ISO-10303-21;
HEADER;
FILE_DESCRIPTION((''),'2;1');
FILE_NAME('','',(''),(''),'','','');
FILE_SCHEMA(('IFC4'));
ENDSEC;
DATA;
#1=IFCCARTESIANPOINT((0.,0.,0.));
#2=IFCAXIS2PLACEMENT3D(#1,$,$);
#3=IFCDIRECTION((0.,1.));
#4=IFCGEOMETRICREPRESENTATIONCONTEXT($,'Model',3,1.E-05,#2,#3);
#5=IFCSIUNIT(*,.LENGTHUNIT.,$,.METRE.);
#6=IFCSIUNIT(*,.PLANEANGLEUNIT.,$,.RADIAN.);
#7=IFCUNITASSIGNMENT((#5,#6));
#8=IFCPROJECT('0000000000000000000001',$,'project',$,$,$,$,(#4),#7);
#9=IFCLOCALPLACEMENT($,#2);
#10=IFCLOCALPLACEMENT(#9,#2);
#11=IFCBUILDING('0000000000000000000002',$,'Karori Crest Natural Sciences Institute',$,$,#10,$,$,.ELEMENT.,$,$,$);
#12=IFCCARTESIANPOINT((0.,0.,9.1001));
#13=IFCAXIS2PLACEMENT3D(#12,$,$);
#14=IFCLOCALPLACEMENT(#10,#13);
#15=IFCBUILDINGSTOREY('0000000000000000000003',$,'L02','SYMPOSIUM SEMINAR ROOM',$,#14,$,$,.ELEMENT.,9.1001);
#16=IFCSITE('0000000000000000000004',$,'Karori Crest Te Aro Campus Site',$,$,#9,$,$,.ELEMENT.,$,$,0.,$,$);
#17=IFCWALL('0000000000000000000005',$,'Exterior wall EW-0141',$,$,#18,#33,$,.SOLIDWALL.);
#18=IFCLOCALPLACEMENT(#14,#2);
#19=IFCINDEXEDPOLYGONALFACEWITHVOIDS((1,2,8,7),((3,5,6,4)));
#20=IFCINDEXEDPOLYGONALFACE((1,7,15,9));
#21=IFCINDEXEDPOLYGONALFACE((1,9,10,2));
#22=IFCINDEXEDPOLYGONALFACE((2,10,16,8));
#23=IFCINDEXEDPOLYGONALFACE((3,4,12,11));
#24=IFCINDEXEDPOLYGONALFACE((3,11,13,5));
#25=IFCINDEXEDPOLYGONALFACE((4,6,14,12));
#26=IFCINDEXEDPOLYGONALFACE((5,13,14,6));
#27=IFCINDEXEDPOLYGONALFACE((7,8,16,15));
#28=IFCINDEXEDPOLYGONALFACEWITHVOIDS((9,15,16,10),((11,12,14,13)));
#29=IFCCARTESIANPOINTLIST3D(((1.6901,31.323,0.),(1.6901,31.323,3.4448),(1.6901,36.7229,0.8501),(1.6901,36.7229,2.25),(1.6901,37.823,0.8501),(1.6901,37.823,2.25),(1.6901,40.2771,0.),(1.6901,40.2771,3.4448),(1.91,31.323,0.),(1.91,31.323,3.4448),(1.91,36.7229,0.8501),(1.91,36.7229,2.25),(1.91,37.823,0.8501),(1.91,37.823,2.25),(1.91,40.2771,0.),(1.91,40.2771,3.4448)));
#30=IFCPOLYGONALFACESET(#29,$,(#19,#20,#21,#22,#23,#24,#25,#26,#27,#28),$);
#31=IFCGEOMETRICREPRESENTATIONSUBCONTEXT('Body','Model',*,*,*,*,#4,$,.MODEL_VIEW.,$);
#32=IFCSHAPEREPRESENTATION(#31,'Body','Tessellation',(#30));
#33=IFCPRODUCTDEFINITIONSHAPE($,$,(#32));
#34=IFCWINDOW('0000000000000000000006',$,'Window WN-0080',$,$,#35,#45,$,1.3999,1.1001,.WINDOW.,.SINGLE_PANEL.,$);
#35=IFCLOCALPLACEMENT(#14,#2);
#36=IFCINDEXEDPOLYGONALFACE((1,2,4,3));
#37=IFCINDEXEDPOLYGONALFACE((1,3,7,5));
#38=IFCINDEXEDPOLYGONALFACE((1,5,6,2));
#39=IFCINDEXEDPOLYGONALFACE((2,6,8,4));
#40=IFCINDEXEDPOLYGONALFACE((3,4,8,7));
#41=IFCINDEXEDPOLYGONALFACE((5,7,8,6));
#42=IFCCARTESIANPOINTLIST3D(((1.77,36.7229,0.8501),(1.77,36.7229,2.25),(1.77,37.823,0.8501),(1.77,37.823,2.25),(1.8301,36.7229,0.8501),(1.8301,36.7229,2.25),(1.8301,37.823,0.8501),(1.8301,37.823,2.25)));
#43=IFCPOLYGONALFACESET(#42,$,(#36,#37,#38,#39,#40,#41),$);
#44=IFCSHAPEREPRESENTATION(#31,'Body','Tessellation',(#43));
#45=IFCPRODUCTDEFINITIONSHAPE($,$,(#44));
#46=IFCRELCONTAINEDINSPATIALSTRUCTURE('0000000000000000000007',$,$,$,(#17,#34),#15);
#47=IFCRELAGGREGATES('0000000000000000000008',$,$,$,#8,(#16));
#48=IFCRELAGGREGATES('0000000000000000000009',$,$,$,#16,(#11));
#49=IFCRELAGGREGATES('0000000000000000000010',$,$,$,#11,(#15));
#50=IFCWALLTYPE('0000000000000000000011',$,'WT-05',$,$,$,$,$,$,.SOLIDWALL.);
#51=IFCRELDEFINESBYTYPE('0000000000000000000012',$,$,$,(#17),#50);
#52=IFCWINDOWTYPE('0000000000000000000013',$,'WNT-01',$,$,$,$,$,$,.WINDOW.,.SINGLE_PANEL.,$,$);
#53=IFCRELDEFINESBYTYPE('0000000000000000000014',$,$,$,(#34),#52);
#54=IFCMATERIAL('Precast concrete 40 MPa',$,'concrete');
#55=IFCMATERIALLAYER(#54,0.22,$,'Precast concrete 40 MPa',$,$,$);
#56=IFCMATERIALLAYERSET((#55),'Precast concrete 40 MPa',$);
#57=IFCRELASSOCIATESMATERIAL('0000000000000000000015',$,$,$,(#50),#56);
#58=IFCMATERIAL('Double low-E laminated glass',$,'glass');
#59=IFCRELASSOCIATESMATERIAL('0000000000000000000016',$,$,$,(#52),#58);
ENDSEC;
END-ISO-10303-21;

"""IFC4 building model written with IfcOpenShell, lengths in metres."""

from ifc_helpers import new_model, si_unit, direction, frame, frame_2d, origin, place, context, subcontext, project, spatial, rectangle, extrude, material, layer, layer_set, type_object, element, fill, save


model = new_model("IFC4")

# Units and contexts
model_context = context("Model", 3, precision=1e-05, world=origin(), true_north=direction((0.0, 1.0)))
body_context = subcontext(model_context, "Body", "Model", "MODEL_VIEW")
ifc_project = project(units=[si_unit("LENGTHUNIT", "METRE"), si_unit("PLANEANGLEUNIT", "RADIAN")], contexts=[model_context])

# Site, building, storey
site_placement = place(None, origin())
site = spatial("IfcSite", under=ifc_project, at=site_placement, Name="Karori Crest Te Aro Campus Site", CompositionType="ELEMENT", RefElevation=0.0)
building_placement = place(site_placement, origin())
building = spatial("IfcBuilding", under=site, at=building_placement, Name="Karori Crest Natural Sciences Institute", CompositionType="ELEMENT")
storey_placement = place(building_placement, frame((0.0, 0.0, 9.1001)))
storey = spatial("IfcBuildingStorey", under=building, at=storey_placement, Name="L02", Description="SYMPOSIUM SEMINAR ROOM", CompositionType="ELEMENT", Elevation=9.1001)

# Shared definitions
ifc_material_1 = material(Name="Double low-E laminated glass", Category="glass")

# Wall, opening, window
ifc_material_2 = material(Name="Precast concrete 40 MPa", Category="concrete")
ifc_layer_1 = layer(ifc_material_2, 0.22, Name="Precast concrete 40 MPa")
ifc_layer_set_1 = layer_set([ifc_layer_1], Name="Precast concrete 40 MPa")
wall_type_1 = type_object("IfcWallType", Name="WT-05", PredefinedType="SOLIDWALL", material=ifc_layer_set_1)
wall_1_placement = place(storey_placement, frame((1.8, 31.323, 0.0), z_axis=(0.0, 0.0, 1.0), x_axis=(0.0, 1.0, 0.0)))
wall_1 = element("IfcWall", 1, at=wall_1_placement, inside=storey, type_object=wall_type_1, Name="Exterior wall EW-0141", PredefinedType="SOLIDWALL", context=body_context, shape_type="SweptSolid", body=[
    extrude(rectangle(XDim=8.9541, YDim=0.22, at=frame_2d((4.4771, 0.0))), origin(), (0.0, 0.0, 1.0), 3.4448),
])
opening_1_placement = place(wall_1_placement, frame((5.3999, 0.0, 0.8501)))
opening_1 = element("IfcOpeningElement", 2, at=opening_1_placement, cuts=wall_1, PredefinedType="OPENING", context=body_context, shape_type="SweptSolid", body=[
    extrude(rectangle(XDim=1.1001, YDim=1.3999, at=frame_2d((0.55, 0.7))), frame((0.0, 0.1201, 0.0), z_axis=(0.0, -1.0, 0.0), x_axis=(1.0, 0.0, 0.0)), (0.0, 0.0, 1.0), 0.24),
])
window_type = type_object("IfcWindowType", Name="WNT-01", PartitioningType="SINGLE_PANEL", PredefinedType="WINDOW", material=ifc_material_1)
window_placement = place(opening_1_placement, origin())
window = element("IfcWindow", 3, at=window_placement, inside=storey, type_object=window_type, Name="Window WN-0080", OverallHeight=1.3999, OverallWidth=1.1001, PartitioningType="SINGLE_PANEL", PredefinedType="WINDOW", context=body_context, shape_type="SweptSolid", body=[
    extrude(rectangle(XDim=1.1001, YDim=1.3999, at=frame_2d((0.55, 0.7))), frame((0.0, 0.03, 0.0), z_axis=(0.0, -1.0, 0.0), x_axis=(1.0, 0.0, 0.0)), (0.0, 0.0, 1.0), 0.0601),
])
fill(opening_1, window)

save(model, "model.ifc")
